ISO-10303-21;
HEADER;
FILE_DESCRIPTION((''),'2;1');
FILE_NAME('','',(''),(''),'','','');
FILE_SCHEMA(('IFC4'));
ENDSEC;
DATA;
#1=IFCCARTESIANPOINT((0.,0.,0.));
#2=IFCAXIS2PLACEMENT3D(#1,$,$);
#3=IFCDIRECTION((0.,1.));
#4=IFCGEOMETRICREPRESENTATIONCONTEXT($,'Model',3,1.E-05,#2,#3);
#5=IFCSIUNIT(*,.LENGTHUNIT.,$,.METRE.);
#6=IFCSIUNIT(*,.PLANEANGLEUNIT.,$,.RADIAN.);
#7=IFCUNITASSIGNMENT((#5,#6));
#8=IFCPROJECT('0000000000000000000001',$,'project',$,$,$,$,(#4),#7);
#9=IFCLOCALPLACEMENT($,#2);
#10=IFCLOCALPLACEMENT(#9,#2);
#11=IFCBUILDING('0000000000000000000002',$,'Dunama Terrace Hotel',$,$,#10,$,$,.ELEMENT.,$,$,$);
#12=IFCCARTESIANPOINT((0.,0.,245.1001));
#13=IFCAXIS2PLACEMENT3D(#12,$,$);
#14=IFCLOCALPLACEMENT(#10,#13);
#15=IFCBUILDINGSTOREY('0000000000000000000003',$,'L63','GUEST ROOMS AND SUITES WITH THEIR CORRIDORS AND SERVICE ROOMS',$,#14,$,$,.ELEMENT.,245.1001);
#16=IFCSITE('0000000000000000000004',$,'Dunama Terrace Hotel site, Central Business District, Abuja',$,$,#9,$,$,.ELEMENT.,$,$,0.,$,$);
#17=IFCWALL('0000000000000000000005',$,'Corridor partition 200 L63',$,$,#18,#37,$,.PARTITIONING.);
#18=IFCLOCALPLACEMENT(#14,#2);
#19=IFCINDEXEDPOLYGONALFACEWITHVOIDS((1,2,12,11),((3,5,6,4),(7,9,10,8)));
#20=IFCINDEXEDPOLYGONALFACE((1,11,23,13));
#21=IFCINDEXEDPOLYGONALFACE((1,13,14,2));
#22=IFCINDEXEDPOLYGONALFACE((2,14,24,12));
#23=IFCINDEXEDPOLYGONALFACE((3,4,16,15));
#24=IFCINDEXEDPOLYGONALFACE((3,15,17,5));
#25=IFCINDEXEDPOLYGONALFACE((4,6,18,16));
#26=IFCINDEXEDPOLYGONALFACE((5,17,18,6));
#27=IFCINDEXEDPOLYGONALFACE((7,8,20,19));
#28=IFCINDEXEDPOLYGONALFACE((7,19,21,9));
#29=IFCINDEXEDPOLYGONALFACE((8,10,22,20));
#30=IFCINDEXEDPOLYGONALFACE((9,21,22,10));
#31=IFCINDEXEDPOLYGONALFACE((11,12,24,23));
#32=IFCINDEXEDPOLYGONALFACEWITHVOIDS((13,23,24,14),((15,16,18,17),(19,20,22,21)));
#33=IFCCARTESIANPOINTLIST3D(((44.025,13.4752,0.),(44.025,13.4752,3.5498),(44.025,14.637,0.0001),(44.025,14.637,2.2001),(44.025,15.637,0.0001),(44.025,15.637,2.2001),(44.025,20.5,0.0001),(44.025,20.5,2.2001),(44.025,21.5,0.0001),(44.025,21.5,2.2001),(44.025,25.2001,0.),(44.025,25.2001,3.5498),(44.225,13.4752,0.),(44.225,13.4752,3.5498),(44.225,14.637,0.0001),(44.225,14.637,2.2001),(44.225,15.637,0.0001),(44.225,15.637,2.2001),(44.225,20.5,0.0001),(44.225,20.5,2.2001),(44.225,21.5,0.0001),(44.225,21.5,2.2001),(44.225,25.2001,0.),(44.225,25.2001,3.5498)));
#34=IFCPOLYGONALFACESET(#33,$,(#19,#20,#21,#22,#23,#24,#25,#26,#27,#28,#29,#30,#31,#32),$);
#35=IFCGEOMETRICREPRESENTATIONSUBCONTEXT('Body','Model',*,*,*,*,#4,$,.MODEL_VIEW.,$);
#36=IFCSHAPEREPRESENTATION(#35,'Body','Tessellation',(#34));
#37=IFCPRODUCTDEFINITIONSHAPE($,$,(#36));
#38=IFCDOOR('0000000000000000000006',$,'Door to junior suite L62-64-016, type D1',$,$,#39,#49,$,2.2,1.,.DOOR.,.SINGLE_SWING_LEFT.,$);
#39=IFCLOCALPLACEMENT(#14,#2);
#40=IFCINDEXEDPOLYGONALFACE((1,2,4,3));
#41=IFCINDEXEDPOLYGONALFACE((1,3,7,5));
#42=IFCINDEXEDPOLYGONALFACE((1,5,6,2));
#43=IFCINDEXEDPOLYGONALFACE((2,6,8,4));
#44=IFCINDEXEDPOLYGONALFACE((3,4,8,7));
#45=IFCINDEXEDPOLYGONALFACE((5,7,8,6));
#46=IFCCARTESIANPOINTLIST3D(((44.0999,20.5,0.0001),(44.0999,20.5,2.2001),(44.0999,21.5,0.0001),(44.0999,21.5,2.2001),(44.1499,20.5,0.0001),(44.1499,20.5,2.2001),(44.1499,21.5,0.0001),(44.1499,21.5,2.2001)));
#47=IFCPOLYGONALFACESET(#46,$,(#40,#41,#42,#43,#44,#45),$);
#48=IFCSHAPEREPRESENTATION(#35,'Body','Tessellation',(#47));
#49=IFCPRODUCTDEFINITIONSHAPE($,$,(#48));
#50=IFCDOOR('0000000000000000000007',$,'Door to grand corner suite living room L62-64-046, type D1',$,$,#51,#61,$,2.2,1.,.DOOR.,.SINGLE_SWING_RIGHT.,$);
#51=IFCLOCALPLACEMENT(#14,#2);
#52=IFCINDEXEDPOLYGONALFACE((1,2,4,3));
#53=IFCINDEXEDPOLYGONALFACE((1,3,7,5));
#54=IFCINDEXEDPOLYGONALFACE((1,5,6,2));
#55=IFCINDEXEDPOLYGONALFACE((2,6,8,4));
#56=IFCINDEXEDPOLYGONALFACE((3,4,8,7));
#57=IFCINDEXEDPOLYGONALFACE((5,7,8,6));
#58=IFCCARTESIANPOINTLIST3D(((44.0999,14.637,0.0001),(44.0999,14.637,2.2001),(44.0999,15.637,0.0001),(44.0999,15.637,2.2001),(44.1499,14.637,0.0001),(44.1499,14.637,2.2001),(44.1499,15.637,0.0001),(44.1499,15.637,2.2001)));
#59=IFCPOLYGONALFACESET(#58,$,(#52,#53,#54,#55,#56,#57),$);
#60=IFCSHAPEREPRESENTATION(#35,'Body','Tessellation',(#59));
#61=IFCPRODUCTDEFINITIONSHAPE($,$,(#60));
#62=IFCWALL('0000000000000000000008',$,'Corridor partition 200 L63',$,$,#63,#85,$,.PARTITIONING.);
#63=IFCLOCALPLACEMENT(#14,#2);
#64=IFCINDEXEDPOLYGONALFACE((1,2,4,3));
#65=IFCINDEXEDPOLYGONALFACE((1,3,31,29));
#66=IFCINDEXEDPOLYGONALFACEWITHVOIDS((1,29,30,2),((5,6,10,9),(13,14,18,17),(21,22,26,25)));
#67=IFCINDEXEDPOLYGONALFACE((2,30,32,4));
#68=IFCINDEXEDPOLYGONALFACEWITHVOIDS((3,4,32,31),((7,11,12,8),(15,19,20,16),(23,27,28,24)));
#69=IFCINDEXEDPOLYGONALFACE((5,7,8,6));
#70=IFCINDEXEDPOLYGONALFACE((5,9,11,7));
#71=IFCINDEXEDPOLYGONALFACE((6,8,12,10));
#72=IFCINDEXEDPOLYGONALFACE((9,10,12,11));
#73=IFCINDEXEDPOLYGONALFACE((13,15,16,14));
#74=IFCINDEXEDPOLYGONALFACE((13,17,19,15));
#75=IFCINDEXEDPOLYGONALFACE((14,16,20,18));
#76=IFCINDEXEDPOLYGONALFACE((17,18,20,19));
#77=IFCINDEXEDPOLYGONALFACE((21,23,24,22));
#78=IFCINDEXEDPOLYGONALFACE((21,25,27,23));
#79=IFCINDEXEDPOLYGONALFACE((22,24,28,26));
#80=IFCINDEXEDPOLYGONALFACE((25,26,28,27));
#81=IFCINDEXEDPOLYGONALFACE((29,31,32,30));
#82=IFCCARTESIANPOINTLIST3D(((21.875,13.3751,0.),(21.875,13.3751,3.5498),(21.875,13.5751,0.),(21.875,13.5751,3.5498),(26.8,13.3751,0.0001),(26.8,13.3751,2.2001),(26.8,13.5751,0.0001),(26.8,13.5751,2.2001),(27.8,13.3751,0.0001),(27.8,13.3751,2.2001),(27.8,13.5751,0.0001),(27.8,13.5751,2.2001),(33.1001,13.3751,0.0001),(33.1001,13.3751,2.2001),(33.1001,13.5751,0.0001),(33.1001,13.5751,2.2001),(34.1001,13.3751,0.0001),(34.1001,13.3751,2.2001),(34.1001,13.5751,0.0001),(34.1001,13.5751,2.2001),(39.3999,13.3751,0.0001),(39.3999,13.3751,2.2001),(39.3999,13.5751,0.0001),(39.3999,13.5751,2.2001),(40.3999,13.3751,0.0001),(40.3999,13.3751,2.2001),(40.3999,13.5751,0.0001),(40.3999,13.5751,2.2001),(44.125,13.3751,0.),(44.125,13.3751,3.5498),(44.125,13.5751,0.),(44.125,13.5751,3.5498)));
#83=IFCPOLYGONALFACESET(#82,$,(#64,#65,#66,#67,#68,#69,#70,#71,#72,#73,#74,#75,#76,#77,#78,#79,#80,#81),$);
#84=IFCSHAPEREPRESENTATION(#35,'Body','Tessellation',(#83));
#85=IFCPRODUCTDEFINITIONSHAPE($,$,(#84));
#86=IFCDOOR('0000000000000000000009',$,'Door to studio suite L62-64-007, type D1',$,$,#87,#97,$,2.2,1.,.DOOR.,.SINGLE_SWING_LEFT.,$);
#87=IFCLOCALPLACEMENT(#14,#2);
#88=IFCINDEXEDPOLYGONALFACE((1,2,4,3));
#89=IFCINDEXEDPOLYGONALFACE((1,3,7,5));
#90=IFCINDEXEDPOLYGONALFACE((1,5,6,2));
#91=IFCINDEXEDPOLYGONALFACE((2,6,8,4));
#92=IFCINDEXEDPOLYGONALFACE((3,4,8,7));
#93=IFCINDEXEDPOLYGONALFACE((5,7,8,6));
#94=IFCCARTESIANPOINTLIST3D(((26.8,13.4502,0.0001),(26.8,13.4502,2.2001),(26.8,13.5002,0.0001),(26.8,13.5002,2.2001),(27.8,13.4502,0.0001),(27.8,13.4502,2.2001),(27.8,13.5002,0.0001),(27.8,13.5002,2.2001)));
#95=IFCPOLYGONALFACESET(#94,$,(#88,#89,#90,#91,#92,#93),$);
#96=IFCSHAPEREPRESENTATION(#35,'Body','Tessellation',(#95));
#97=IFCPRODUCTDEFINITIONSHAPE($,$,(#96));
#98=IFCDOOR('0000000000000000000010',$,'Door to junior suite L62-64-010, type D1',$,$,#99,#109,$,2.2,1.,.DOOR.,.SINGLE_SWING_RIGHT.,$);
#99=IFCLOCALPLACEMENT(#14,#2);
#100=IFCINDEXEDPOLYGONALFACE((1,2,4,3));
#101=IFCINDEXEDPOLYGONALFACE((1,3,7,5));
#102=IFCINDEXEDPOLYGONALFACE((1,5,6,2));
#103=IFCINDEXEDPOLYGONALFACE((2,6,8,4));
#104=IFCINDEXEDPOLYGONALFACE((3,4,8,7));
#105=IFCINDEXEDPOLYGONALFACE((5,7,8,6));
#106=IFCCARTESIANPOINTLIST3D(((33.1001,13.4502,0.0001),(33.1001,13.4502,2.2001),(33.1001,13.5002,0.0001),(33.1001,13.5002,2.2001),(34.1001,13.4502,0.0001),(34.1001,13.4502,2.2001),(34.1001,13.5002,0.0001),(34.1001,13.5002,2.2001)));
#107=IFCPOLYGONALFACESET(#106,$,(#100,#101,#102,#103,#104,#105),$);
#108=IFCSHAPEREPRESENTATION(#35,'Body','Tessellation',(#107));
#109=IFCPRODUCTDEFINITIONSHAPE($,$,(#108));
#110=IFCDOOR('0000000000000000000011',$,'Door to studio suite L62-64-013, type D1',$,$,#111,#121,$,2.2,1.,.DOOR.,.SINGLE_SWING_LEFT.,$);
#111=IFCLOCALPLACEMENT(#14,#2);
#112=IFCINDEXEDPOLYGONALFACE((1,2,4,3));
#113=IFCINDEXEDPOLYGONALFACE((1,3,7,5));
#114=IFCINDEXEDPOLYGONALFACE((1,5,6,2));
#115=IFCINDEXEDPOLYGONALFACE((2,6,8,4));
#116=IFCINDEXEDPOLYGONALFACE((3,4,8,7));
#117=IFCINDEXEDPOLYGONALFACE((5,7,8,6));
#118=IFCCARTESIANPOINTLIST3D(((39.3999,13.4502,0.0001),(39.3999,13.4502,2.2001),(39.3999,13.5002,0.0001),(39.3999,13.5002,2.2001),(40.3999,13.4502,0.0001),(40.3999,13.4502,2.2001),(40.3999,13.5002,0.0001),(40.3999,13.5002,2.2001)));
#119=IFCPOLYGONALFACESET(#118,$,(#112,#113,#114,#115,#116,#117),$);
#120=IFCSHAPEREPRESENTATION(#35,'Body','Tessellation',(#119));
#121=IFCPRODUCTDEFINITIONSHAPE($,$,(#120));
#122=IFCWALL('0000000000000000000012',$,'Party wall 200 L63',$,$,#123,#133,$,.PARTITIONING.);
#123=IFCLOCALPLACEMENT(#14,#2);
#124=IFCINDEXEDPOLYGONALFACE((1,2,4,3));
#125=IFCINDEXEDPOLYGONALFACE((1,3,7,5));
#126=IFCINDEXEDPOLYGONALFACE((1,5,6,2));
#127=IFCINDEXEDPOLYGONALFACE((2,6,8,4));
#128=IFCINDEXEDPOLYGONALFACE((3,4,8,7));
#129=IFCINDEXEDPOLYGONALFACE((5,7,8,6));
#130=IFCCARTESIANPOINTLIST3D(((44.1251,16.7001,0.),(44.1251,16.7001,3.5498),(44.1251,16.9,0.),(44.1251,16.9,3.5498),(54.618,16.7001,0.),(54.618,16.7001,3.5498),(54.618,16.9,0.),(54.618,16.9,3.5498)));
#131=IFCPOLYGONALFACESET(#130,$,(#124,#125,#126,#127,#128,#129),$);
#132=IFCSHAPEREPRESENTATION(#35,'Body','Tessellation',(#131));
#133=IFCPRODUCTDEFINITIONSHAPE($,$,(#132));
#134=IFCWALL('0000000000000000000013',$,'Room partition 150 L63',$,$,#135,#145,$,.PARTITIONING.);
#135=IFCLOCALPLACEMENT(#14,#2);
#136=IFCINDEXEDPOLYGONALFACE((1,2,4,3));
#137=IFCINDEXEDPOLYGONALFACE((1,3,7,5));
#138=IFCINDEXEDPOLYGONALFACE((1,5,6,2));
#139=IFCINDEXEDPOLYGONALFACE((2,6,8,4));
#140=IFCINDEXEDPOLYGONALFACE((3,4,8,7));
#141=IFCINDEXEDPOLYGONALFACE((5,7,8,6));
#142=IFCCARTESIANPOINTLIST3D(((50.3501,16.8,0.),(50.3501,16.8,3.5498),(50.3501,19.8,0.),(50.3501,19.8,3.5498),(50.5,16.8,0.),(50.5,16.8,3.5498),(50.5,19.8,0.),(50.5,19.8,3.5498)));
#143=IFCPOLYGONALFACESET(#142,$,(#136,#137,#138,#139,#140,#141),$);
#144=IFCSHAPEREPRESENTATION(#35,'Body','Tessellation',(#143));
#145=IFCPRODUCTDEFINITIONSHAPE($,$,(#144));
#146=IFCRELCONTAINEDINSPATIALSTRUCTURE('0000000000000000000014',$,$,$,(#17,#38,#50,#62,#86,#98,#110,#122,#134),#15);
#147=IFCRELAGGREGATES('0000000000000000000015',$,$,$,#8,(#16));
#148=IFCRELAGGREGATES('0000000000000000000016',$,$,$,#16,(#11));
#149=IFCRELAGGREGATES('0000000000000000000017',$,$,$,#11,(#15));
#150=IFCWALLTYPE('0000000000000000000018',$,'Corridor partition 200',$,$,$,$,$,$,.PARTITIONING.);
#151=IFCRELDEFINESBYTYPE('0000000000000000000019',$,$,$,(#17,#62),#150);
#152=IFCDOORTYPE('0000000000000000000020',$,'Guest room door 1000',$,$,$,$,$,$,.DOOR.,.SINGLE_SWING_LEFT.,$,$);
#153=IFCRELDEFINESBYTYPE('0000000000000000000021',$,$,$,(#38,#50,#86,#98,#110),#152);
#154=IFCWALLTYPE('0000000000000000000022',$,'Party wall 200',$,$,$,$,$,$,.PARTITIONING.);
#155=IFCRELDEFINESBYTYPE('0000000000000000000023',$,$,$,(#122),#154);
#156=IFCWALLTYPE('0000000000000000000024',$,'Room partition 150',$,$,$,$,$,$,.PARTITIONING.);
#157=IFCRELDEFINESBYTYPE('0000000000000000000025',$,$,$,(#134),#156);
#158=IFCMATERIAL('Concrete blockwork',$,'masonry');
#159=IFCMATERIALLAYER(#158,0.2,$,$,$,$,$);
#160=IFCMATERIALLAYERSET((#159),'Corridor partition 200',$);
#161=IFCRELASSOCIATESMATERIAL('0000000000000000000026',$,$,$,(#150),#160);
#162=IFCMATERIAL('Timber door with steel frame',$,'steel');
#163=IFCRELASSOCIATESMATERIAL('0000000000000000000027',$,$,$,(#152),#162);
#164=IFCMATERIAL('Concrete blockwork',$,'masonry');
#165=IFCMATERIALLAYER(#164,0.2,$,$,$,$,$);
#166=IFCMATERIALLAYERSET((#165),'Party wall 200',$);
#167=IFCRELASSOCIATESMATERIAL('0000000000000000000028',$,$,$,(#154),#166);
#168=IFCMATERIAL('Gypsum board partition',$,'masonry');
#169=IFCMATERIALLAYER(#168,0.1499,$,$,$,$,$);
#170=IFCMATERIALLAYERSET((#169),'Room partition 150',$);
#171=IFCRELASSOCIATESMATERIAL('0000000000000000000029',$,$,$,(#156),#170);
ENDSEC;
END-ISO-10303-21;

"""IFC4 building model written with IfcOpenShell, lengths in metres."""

from ifc_helpers import new_model, si_unit, direction, frame, frame_2d, origin, place, context, subcontext, project, spatial, rectangle, extrude, material, layer, layer_set, type_object, element, fill, save


model = new_model("IFC4")

# Units and contexts
model_context = context("Model", 3, precision=1e-05, world=origin(), true_north=direction((0.0, 1.0)))
body_context = subcontext(model_context, "Body", "Model", "MODEL_VIEW")
ifc_project = project(units=[si_unit("LENGTHUNIT", "METRE"), si_unit("PLANEANGLEUNIT", "RADIAN")], contexts=[model_context])

# Site, building, storey
site_placement = place(None, origin())
site = spatial("IfcSite", under=ifc_project, at=site_placement, Name="Dunama Terrace Hotel site, Central Business District, Abuja", CompositionType="ELEMENT", RefElevation=0.0)
building_placement = place(site_placement, origin())
building = spatial("IfcBuilding", under=site, at=building_placement, Name="Dunama Terrace Hotel", CompositionType="ELEMENT")
storey_placement = place(building_placement, frame((0.0, 0.0, 245.1001)))
storey = spatial("IfcBuildingStorey", under=building, at=storey_placement, Name="L63", Description="GUEST ROOMS AND SUITES WITH THEIR CORRIDORS AND SERVICE ROOMS", CompositionType="ELEMENT", Elevation=245.1001)

# Walls, openings, doors
ifc_material_1 = material(Name="Concrete blockwork", Category="masonry")
ifc_layer_1 = layer(ifc_material_1, 0.2)
ifc_layer_set_1 = layer_set([ifc_layer_1], Name="Corridor partition 200")
wall_type_1 = type_object("IfcWallType", Name="Corridor partition 200", PredefinedType="PARTITIONING", material=ifc_layer_set_1)
wall_1_placement = place(storey_placement, frame((44.125, 25.2, 0.0), z_axis=(0.0, 0.0, 1.0), x_axis=(0.0, -1.0, 0.0)))
wall_1 = element("IfcWall", 1, at=wall_1_placement, inside=storey, type_object=wall_type_1, Name="Corridor partition 200 L63", PredefinedType="PARTITIONING", context=body_context, shape_type="SweptSolid", body=[
    extrude(rectangle(XDim=11.7249, YDim=0.2, at=frame_2d((5.8623, 0.0))), origin(), (0.0, 0.0, 1.0), 3.5498),
])
opening_1_placement = place(wall_1_placement, frame((3.7, 0.0, 0.0)))
opening_1 = element("IfcOpeningElement", 2, at=opening_1_placement, cuts=wall_1, PredefinedType="OPENING", context=body_context, shape_type="SweptSolid", body=[
    extrude(rectangle(XDim=1.0, YDim=2.2, at=frame_2d((0.5, 1.1001))), frame((0.0, 0.1099, 0.0), z_axis=(0.0, -1.0, 0.0), x_axis=(1.0, 0.0, 0.0)), (0.0, 0.0, 1.0), 0.22),
])
opening_2_placement = place(wall_1_placement, frame((9.563, 0.0, 0.0)))
opening_2 = element("IfcOpeningElement", 3, at=opening_2_placement, cuts=wall_1, PredefinedType="OPENING", context=body_context, shape_type="SweptSolid", body=[
    extrude(rectangle(XDim=1.0, YDim=2.2, at=frame_2d((0.5, 1.1001))), frame((0.0, 0.1099, 0.0), z_axis=(0.0, -1.0, 0.0), x_axis=(1.0, 0.0, 0.0)), (0.0, 0.0, 1.0), 0.22),
])
ifc_material_2 = material(Name="Timber door with steel frame", Category="steel")
door_type_1 = type_object("IfcDoorType", Name="Guest room door 1000", OperationType="SINGLE_SWING_LEFT", PredefinedType="DOOR", material=ifc_material_2)
door_1_placement = place(opening_1_placement, origin())
door_1 = element("IfcDoor", 4, at=door_1_placement, inside=storey, type_object=door_type_1, Name="Door to junior suite L62-64-016, type D1", OperationType="SINGLE_SWING_LEFT", OverallHeight=2.2, OverallWidth=1.0, PredefinedType="DOOR", context=body_context, shape_type="SweptSolid", body=[
    extrude(rectangle(XDim=1.0, YDim=2.2, at=frame_2d((0.5, 1.1001))), frame((0.0, 0.0249, 0.0), z_axis=(0.0, -1.0, 0.0), x_axis=(1.0, 0.0, 0.0)), (0.0, 0.0, 1.0), 0.05),
])
fill(opening_1, door_1)
door_2_placement = place(opening_2_placement, origin())
door_2 = element("IfcDoor", 5, at=door_2_placement, inside=storey, type_object=door_type_1, Name="Door to grand corner suite living room L62-64-046, type D1", OperationType="SINGLE_SWING_RIGHT", OverallHeight=2.2, OverallWidth=1.0, PredefinedType="DOOR", context=body_context, shape_type="SweptSolid", body=[
    extrude(rectangle(XDim=1.0, YDim=2.2, at=frame_2d((0.5, 1.1001))), frame((0.0, 0.0249, 0.0), z_axis=(0.0, -1.0, 0.0), x_axis=(1.0, 0.0, 0.0)), (0.0, 0.0, 1.0), 0.05),
])
fill(opening_2, door_2)
wall_2_placement = place(storey_placement, frame((44.125, 13.4751, 0.0), z_axis=(0.0, 0.0, 1.0), x_axis=(-1.0, 0.0, 0.0)))
wall_2 = element("IfcWall", 6, at=wall_2_placement, inside=storey, type_object=wall_type_1, Name="Corridor partition 200 L63", PredefinedType="PARTITIONING", context=body_context, shape_type="SweptSolid", body=[
    extrude(rectangle(XDim=22.25, YDim=0.2, at=frame_2d((11.125, 0.0))), origin(), (0.0, 0.0, 1.0), 3.5498),
])
opening_3_placement = place(wall_2_placement, frame((16.325, 0.0, 0.0)))
opening_3 = element("IfcOpeningElement", 7, at=opening_3_placement, cuts=wall_2, PredefinedType="OPENING", context=body_context, shape_type="SweptSolid", body=[
    extrude(rectangle(XDim=1.0, YDim=2.2, at=frame_2d((0.5, 1.1001))), frame((0.0, 0.1099, 0.0), z_axis=(0.0, -1.0, 0.0), x_axis=(1.0, 0.0, 0.0)), (0.0, 0.0, 1.0), 0.22),
])
opening_4_placement = place(wall_2_placement, frame((10.0249, 0.0, 0.0)))
opening_4 = element("IfcOpeningElement", 8, at=opening_4_placement, cuts=wall_2, PredefinedType="OPENING", context=body_context, shape_type="SweptSolid", body=[
    extrude(rectangle(XDim=1.0, YDim=2.2, at=frame_2d((0.5, 1.1001))), frame((0.0, 0.1099, 0.0), z_axis=(0.0, -1.0, 0.0), x_axis=(1.0, 0.0, 0.0)), (0.0, 0.0, 1.0), 0.22),
])
opening_5_placement = place(wall_2_placement, frame((3.7251, 0.0, 0.0)))
opening_5 = element("IfcOpeningElement", 9, at=opening_5_placement, cuts=wall_2, PredefinedType="OPENING", context=body_context, shape_type="SweptSolid", body=[
    extrude(rectangle(XDim=1.0, YDim=2.2, at=frame_2d((0.5, 1.1001))), frame((0.0, 0.1099, 0.0), z_axis=(0.0, -1.0, 0.0), x_axis=(1.0, 0.0, 0.0)), (0.0, 0.0, 1.0), 0.22),
])
door_3_placement = place(opening_3_placement, origin())
door_3 = element("IfcDoor", 10, at=door_3_placement, inside=storey, type_object=door_type_1, Name="Door to studio suite L62-64-007, type D1", OperationType="SINGLE_SWING_LEFT", OverallHeight=2.2, OverallWidth=1.0, PredefinedType="DOOR", context=body_context, shape_type="SweptSolid", body=[
    extrude(rectangle(XDim=1.0, YDim=2.2, at=frame_2d((0.5, 1.1001))), frame((0.0, 0.0249, 0.0), z_axis=(0.0, -1.0, 0.0), x_axis=(1.0, 0.0, 0.0)), (0.0, 0.0, 1.0), 0.05),
])
fill(opening_3, door_3)
door_4_placement = place(opening_4_placement, origin())
door_4 = element("IfcDoor", 11, at=door_4_placement, inside=storey, type_object=door_type_1, Name="Door to junior suite L62-64-010, type D1", OperationType="SINGLE_SWING_RIGHT", OverallHeight=2.2, OverallWidth=1.0, PredefinedType="DOOR", context=body_context, shape_type="SweptSolid", body=[
    extrude(rectangle(XDim=1.0, YDim=2.2, at=frame_2d((0.5, 1.1001))), frame((0.0, 0.0249, 0.0), z_axis=(0.0, -1.0, 0.0), x_axis=(1.0, 0.0, 0.0)), (0.0, 0.0, 1.0), 0.05),
])
fill(opening_4, door_4)
door_5_placement = place(opening_5_placement, origin())
door_5 = element("IfcDoor", 12, at=door_5_placement, inside=storey, type_object=door_type_1, Name="Door to studio suite L62-64-013, type D1", OperationType="SINGLE_SWING_LEFT", OverallHeight=2.2, OverallWidth=1.0, PredefinedType="DOOR", context=body_context, shape_type="SweptSolid", body=[
    extrude(rectangle(XDim=1.0, YDim=2.2, at=frame_2d((0.5, 1.1001))), frame((0.0, 0.0249, 0.0), z_axis=(0.0, -1.0, 0.0), x_axis=(1.0, 0.0, 0.0)), (0.0, 0.0, 1.0), 0.05),
])
fill(opening_5, door_5)

# Walls
ifc_material_3 = material(Name="Concrete blockwork", Category="masonry")
ifc_layer_2 = layer(ifc_material_3, 0.2)
ifc_layer_set_2 = layer_set([ifc_layer_2], Name="Party wall 200")
wall_type_2 = type_object("IfcWallType", Name="Party wall 200", PredefinedType="PARTITIONING", material=ifc_layer_set_2)
wall_3_placement = place(storey_placement, frame((44.125, 16.8, 0.0), z_axis=(0.0, 0.0, 1.0), x_axis=(1.0, 0.0, 0.0)))
element("IfcWall", 13, at=wall_3_placement, inside=storey, type_object=wall_type_2, Name="Party wall 200 L63", PredefinedType="PARTITIONING", context=body_context, shape_type="SweptSolid", body=[
    extrude(rectangle(XDim=10.4929, YDim=0.2, at=frame_2d((5.2466, 0.0))), origin(), (0.0, 0.0, 1.0), 3.5498),
])
ifc_material_4 = material(Name="Gypsum board partition", Category="masonry")
ifc_layer_3 = layer(ifc_material_4, 0.1499)
ifc_layer_set_3 = layer_set([ifc_layer_3], Name="Room partition 150")
wall_type_3 = type_object("IfcWallType", Name="Room partition 150", PredefinedType="PARTITIONING", material=ifc_layer_set_3)
wall_4_placement = place(storey_placement, frame((50.425, 16.8, 0.0), z_axis=(0.0, 0.0, 1.0), x_axis=(0.0, 1.0, 0.0)))
element("IfcWall", 14, at=wall_4_placement, inside=storey, type_object=wall_type_3, Name="Room partition 150 L63", PredefinedType="PARTITIONING", context=body_context, shape_type="SweptSolid", body=[
    extrude(rectangle(XDim=3.0, YDim=0.1499, at=frame_2d((1.5, 0.0))), origin(), (0.0, 0.0, 1.0), 3.5498),
])

save(model, "model.ifc")
